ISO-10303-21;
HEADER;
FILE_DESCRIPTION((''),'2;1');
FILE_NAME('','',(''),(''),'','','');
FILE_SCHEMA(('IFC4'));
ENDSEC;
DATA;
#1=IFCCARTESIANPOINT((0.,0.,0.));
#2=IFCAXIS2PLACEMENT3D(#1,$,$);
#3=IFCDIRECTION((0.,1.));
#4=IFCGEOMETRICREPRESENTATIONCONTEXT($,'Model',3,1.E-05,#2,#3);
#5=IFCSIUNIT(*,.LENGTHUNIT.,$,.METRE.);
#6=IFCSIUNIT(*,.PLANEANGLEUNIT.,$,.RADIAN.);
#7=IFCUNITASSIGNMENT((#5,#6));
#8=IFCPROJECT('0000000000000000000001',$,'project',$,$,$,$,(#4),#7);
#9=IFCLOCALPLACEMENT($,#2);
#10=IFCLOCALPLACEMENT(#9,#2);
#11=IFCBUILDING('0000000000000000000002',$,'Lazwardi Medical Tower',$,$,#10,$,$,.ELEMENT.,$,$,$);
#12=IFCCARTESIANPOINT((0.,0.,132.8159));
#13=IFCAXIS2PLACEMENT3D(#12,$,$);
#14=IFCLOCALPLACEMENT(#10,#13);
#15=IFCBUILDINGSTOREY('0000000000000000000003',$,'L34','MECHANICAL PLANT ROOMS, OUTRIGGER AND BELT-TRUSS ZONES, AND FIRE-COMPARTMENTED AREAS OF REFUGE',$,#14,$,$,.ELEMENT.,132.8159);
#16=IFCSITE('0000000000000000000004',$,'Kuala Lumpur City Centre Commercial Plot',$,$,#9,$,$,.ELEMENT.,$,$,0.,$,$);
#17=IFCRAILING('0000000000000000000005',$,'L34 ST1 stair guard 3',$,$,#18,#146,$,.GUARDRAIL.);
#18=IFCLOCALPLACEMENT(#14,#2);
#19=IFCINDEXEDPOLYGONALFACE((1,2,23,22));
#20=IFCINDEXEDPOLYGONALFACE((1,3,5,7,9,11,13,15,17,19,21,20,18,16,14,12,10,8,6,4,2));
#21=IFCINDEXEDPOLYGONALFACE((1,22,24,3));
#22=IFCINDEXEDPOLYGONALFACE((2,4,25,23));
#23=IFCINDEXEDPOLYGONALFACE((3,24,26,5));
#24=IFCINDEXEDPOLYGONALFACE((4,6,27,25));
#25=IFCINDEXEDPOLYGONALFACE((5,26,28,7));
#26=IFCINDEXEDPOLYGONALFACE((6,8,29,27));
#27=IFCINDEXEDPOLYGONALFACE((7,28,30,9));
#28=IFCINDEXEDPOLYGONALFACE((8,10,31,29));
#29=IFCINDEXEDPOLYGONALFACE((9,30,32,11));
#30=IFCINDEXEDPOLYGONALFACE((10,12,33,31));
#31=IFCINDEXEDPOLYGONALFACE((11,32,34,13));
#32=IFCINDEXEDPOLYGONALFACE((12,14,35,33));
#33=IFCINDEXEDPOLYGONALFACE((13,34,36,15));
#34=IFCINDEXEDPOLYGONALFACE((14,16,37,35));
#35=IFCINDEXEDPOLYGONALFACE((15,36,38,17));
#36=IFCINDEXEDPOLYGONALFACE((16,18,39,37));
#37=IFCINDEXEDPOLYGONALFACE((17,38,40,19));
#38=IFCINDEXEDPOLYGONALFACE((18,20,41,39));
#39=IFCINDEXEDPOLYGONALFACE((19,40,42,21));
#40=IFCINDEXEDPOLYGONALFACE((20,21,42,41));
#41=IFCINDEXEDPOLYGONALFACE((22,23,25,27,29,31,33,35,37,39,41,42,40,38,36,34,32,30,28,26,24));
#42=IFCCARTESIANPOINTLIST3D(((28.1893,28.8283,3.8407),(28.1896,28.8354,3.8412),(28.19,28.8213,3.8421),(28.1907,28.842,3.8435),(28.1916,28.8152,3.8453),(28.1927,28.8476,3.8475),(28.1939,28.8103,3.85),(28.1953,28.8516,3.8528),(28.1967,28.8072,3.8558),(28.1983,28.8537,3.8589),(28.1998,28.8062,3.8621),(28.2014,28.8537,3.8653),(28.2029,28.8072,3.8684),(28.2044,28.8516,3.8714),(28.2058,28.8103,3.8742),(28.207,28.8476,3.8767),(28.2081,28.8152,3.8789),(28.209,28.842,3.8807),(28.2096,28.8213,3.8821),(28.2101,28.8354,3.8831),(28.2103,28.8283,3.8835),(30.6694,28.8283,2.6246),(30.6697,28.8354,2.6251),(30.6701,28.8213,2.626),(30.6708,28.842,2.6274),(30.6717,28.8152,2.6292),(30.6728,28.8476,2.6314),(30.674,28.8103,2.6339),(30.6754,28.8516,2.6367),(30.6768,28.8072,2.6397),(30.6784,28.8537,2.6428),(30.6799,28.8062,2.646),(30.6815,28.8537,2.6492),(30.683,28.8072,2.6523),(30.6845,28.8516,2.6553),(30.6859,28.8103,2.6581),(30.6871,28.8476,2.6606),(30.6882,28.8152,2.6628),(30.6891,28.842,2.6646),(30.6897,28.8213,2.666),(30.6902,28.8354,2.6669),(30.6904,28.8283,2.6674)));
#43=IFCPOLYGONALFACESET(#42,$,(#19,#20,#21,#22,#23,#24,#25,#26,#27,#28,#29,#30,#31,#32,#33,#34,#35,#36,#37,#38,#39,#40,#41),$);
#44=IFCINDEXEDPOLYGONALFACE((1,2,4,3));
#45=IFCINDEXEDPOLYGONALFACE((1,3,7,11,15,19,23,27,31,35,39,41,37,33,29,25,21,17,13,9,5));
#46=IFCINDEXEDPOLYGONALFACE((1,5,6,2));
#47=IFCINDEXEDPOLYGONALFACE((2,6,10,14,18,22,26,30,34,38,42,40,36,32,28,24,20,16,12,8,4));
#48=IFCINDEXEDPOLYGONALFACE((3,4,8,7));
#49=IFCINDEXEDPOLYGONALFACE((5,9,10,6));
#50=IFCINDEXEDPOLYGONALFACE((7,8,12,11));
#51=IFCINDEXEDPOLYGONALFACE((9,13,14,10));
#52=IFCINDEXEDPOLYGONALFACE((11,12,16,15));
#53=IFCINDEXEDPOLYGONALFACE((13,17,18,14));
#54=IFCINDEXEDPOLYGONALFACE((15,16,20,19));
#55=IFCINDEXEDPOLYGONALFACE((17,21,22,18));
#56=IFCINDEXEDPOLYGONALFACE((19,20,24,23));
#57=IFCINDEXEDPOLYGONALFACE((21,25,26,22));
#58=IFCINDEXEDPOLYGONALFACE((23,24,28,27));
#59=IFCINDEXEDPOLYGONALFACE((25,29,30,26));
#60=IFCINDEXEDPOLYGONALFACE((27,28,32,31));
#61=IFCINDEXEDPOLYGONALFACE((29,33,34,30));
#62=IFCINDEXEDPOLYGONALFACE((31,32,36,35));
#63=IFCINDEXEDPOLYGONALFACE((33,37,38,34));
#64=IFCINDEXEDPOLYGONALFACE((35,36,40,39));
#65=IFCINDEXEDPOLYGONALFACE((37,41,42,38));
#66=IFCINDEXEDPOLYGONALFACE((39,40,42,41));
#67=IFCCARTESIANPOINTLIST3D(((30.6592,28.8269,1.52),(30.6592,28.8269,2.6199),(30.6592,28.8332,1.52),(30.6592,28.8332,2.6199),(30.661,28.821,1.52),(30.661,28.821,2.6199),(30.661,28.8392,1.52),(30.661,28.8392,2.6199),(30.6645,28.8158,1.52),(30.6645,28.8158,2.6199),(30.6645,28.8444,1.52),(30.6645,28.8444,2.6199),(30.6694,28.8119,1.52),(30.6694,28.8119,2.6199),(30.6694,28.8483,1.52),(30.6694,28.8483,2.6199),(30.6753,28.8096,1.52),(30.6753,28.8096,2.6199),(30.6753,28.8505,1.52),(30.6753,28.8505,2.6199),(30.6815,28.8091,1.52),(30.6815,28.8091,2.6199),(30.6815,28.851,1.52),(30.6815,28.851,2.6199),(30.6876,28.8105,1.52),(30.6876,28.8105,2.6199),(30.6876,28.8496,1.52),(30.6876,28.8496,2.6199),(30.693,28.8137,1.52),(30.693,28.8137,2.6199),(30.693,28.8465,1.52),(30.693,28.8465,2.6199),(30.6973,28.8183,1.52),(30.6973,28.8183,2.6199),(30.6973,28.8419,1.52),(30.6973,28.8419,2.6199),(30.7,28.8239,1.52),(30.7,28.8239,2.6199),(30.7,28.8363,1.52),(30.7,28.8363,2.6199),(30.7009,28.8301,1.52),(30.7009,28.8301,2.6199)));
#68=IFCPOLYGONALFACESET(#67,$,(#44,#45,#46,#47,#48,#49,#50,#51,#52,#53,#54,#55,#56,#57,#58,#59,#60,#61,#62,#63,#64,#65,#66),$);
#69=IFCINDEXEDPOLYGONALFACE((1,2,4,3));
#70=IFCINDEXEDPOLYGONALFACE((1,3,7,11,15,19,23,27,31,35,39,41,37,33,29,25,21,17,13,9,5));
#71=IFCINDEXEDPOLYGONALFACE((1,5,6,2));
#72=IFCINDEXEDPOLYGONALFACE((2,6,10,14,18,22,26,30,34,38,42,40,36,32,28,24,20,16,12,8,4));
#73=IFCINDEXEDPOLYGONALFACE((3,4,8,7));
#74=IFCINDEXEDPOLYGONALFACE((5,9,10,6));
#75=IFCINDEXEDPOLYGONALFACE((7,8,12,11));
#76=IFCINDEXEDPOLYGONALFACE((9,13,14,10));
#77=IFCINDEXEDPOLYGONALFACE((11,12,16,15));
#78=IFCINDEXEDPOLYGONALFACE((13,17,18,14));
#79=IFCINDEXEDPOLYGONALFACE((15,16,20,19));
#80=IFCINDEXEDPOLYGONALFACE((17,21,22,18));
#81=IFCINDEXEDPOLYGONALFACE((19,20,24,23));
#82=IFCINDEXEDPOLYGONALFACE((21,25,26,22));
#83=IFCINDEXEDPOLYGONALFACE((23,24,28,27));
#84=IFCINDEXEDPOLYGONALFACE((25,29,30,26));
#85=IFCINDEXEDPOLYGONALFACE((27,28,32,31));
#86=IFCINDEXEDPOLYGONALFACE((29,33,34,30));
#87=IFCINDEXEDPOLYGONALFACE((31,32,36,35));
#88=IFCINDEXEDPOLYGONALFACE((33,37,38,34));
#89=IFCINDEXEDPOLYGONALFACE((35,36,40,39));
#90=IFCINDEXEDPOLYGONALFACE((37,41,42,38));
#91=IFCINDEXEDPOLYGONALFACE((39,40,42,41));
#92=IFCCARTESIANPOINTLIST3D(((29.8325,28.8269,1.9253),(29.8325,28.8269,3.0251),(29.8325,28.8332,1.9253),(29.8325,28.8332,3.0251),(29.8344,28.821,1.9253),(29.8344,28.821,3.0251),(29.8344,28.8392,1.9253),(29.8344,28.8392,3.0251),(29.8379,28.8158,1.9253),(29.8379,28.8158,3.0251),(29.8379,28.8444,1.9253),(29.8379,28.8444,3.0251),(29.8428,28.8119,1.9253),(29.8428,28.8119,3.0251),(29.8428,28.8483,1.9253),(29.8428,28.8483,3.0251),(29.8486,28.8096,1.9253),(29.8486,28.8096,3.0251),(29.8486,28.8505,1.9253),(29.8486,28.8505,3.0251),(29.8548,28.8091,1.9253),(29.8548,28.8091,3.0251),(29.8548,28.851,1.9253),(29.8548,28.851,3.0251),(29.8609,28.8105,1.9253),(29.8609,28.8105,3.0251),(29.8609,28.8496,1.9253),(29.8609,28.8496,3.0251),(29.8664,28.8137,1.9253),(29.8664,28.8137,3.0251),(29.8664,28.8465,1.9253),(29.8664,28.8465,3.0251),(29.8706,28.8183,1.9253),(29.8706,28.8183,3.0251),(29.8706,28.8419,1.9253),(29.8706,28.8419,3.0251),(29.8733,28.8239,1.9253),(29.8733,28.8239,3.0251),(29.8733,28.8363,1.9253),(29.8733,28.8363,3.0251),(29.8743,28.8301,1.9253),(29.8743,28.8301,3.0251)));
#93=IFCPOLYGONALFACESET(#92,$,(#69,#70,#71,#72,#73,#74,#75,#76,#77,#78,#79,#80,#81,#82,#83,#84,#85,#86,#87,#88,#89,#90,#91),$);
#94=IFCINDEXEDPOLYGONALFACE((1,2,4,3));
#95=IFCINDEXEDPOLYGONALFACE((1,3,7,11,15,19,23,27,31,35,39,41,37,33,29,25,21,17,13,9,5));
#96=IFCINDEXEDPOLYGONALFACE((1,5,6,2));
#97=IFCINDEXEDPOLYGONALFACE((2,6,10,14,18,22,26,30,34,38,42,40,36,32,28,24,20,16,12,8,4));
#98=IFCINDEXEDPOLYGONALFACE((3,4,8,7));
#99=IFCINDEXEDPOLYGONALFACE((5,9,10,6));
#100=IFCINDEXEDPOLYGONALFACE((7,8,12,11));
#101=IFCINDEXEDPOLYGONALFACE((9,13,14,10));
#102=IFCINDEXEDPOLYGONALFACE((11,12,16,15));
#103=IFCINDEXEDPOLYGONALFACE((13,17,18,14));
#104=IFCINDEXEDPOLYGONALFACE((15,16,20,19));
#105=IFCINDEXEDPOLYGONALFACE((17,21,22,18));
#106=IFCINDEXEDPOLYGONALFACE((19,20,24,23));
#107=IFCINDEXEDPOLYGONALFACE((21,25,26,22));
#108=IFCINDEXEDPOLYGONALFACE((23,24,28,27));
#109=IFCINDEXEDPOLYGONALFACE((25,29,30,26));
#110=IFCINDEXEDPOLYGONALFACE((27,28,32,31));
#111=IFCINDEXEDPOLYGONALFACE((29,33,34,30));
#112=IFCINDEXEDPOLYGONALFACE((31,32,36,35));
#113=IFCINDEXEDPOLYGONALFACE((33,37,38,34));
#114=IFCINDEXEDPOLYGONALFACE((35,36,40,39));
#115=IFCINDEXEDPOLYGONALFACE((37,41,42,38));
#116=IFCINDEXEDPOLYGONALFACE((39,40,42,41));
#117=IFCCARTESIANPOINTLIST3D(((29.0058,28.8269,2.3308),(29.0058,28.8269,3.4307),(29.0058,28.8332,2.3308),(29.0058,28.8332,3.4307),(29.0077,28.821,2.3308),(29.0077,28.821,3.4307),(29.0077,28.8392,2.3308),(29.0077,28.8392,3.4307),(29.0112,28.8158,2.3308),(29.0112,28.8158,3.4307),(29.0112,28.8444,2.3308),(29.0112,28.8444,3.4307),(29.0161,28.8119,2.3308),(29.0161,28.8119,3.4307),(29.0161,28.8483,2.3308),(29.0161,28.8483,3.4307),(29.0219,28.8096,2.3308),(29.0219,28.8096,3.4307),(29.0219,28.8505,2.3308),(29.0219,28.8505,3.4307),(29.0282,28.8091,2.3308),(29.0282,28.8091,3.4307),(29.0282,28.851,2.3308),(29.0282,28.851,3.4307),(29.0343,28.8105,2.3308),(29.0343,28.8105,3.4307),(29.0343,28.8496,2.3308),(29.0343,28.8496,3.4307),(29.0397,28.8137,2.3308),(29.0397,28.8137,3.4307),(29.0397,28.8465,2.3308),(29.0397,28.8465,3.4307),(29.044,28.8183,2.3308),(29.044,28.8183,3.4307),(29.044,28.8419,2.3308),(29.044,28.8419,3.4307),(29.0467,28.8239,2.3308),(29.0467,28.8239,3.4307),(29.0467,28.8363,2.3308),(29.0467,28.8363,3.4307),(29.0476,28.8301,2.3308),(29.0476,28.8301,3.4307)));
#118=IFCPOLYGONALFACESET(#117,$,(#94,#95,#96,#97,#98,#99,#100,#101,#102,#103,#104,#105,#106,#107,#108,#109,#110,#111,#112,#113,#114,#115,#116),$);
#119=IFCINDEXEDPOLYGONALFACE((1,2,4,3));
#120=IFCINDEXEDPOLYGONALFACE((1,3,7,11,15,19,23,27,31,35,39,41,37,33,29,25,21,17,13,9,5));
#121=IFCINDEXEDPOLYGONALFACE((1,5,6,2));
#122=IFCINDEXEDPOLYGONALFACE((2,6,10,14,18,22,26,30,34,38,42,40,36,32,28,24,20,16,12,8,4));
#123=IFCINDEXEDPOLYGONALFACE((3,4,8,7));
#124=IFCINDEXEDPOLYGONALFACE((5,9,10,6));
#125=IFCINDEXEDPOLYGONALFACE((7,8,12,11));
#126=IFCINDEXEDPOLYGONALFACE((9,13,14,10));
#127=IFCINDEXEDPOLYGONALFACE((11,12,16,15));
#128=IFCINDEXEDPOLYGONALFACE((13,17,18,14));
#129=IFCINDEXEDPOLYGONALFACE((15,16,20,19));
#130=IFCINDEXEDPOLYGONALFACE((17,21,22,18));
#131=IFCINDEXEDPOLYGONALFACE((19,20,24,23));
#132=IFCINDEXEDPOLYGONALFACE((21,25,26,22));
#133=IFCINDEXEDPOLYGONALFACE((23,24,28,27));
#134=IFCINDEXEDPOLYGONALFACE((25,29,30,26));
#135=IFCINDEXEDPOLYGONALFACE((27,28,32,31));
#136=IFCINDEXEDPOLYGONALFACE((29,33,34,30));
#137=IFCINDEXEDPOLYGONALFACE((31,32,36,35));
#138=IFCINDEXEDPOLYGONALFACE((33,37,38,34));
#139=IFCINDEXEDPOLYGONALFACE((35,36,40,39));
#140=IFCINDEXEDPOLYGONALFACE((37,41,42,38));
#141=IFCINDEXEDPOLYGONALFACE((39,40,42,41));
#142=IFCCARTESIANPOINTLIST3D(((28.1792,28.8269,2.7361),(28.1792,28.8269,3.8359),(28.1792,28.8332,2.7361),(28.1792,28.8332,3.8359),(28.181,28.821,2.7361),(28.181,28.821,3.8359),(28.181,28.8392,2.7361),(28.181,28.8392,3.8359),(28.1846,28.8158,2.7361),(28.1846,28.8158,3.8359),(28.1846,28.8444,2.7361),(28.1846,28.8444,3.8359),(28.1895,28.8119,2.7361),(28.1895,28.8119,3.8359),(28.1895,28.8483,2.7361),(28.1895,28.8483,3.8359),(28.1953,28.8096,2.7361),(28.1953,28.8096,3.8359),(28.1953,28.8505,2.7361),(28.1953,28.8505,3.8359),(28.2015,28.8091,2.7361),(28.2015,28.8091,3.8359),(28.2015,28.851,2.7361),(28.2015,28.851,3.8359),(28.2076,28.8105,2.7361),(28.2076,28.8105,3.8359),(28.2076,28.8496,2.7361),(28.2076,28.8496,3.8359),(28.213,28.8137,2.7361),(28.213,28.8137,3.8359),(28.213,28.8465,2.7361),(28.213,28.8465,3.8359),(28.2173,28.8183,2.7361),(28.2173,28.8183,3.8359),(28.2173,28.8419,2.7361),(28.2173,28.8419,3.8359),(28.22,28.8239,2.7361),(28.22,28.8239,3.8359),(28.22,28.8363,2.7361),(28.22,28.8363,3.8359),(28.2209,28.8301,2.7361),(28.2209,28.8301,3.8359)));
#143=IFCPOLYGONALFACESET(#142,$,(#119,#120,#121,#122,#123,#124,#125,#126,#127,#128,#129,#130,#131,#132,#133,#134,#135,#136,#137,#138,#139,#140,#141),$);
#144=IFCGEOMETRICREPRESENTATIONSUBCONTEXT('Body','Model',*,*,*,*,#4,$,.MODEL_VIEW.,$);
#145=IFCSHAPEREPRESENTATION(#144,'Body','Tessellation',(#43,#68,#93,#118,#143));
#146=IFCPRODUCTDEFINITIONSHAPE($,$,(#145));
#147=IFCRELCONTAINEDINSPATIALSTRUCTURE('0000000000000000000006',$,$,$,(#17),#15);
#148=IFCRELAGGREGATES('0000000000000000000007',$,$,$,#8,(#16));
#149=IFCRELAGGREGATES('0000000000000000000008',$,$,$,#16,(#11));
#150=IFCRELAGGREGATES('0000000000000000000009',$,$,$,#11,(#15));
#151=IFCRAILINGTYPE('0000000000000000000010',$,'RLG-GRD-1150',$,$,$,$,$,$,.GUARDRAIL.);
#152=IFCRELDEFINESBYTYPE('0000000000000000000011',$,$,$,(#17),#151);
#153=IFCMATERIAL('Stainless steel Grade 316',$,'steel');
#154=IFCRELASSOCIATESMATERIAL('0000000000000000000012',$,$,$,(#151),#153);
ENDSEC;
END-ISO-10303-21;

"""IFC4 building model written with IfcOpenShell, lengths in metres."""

from ifc_helpers import new_model, si_unit, direction, frame, origin, origin_2d, place, context, subcontext, project, spatial, circle, extrude, material, type_object, element, save


model = new_model("IFC4")

# Units and contexts
model_context = context("Model", 3, precision=1e-05, world=origin(), true_north=direction((0.0, 1.0)))
body_context = subcontext(model_context, "Body", "Model", "MODEL_VIEW")
ifc_project = project(units=[si_unit("LENGTHUNIT", "METRE"), si_unit("PLANEANGLEUNIT", "RADIAN")], contexts=[model_context])

# Site, building, storey
site_placement = place(None, origin())
site = spatial("IfcSite", under=ifc_project, at=site_placement, Name="Kuala Lumpur City Centre Commercial Plot", CompositionType="ELEMENT", RefElevation=0.0)
building_placement = place(site_placement, origin())
building = spatial("IfcBuilding", under=site, at=building_placement, Name="Lazwardi Medical Tower", CompositionType="ELEMENT")
storey_placement = place(building_placement, frame((0.0, 0.0, 132.8159)))
storey = spatial("IfcBuildingStorey", under=building, at=storey_placement, Name="L34", Description="MECHANICAL PLANT ROOMS, OUTRIGGER AND BELT-TRUSS ZONES, AND FIRE-COMPARTMENTED AREAS OF REFUGE", CompositionType="ELEMENT", Elevation=132.8159)

# Railing
ifc_material_1 = material(Name="Stainless steel Grade 316", Category="steel")
railing_type_1 = type_object("IfcRailingType", Name="RLG-GRD-1150", PredefinedType="GUARDRAIL", material=ifc_material_1)
railing_1_placement = place(storey_placement, frame((30.6799, 28.8301, 1.52)))
element("IfcRailing", 1, at=railing_1_placement, inside=storey, type_object=railing_type_1, Name="L34 ST1 stair guard 3", PredefinedType="GUARDRAIL", context=body_context, shape_type="SweptSolid", body=[
    extrude(circle(Radius=0.0239, at=origin_2d()), frame((0.0, 0.0, 1.126), z_axis=(-0.897865, 0.0, 0.44027), x_axis=(0.0, -1.0, 0.0)), (0.0, 0.0, 1.0), 2.7622),
    extrude(circle(Radius=0.021, at=origin_2d()), origin(), (0.0, 0.0, 1.0), 1.0999),
    extrude(circle(Radius=0.021, at=origin_2d()), frame((-0.8267, 0.0, 0.4053)), (0.0, 0.0, 1.0), 1.0999),
    extrude(circle(Radius=0.021, at=origin_2d()), frame((-1.6533, 0.0, 0.8108)), (0.0, 0.0, 1.0), 1.0999),
    extrude(circle(Radius=0.021, at=origin_2d()), frame((-2.48, 0.0, 1.2161)), (0.0, 0.0, 1.0), 1.0999),
])

save(model, "model.ifc")
